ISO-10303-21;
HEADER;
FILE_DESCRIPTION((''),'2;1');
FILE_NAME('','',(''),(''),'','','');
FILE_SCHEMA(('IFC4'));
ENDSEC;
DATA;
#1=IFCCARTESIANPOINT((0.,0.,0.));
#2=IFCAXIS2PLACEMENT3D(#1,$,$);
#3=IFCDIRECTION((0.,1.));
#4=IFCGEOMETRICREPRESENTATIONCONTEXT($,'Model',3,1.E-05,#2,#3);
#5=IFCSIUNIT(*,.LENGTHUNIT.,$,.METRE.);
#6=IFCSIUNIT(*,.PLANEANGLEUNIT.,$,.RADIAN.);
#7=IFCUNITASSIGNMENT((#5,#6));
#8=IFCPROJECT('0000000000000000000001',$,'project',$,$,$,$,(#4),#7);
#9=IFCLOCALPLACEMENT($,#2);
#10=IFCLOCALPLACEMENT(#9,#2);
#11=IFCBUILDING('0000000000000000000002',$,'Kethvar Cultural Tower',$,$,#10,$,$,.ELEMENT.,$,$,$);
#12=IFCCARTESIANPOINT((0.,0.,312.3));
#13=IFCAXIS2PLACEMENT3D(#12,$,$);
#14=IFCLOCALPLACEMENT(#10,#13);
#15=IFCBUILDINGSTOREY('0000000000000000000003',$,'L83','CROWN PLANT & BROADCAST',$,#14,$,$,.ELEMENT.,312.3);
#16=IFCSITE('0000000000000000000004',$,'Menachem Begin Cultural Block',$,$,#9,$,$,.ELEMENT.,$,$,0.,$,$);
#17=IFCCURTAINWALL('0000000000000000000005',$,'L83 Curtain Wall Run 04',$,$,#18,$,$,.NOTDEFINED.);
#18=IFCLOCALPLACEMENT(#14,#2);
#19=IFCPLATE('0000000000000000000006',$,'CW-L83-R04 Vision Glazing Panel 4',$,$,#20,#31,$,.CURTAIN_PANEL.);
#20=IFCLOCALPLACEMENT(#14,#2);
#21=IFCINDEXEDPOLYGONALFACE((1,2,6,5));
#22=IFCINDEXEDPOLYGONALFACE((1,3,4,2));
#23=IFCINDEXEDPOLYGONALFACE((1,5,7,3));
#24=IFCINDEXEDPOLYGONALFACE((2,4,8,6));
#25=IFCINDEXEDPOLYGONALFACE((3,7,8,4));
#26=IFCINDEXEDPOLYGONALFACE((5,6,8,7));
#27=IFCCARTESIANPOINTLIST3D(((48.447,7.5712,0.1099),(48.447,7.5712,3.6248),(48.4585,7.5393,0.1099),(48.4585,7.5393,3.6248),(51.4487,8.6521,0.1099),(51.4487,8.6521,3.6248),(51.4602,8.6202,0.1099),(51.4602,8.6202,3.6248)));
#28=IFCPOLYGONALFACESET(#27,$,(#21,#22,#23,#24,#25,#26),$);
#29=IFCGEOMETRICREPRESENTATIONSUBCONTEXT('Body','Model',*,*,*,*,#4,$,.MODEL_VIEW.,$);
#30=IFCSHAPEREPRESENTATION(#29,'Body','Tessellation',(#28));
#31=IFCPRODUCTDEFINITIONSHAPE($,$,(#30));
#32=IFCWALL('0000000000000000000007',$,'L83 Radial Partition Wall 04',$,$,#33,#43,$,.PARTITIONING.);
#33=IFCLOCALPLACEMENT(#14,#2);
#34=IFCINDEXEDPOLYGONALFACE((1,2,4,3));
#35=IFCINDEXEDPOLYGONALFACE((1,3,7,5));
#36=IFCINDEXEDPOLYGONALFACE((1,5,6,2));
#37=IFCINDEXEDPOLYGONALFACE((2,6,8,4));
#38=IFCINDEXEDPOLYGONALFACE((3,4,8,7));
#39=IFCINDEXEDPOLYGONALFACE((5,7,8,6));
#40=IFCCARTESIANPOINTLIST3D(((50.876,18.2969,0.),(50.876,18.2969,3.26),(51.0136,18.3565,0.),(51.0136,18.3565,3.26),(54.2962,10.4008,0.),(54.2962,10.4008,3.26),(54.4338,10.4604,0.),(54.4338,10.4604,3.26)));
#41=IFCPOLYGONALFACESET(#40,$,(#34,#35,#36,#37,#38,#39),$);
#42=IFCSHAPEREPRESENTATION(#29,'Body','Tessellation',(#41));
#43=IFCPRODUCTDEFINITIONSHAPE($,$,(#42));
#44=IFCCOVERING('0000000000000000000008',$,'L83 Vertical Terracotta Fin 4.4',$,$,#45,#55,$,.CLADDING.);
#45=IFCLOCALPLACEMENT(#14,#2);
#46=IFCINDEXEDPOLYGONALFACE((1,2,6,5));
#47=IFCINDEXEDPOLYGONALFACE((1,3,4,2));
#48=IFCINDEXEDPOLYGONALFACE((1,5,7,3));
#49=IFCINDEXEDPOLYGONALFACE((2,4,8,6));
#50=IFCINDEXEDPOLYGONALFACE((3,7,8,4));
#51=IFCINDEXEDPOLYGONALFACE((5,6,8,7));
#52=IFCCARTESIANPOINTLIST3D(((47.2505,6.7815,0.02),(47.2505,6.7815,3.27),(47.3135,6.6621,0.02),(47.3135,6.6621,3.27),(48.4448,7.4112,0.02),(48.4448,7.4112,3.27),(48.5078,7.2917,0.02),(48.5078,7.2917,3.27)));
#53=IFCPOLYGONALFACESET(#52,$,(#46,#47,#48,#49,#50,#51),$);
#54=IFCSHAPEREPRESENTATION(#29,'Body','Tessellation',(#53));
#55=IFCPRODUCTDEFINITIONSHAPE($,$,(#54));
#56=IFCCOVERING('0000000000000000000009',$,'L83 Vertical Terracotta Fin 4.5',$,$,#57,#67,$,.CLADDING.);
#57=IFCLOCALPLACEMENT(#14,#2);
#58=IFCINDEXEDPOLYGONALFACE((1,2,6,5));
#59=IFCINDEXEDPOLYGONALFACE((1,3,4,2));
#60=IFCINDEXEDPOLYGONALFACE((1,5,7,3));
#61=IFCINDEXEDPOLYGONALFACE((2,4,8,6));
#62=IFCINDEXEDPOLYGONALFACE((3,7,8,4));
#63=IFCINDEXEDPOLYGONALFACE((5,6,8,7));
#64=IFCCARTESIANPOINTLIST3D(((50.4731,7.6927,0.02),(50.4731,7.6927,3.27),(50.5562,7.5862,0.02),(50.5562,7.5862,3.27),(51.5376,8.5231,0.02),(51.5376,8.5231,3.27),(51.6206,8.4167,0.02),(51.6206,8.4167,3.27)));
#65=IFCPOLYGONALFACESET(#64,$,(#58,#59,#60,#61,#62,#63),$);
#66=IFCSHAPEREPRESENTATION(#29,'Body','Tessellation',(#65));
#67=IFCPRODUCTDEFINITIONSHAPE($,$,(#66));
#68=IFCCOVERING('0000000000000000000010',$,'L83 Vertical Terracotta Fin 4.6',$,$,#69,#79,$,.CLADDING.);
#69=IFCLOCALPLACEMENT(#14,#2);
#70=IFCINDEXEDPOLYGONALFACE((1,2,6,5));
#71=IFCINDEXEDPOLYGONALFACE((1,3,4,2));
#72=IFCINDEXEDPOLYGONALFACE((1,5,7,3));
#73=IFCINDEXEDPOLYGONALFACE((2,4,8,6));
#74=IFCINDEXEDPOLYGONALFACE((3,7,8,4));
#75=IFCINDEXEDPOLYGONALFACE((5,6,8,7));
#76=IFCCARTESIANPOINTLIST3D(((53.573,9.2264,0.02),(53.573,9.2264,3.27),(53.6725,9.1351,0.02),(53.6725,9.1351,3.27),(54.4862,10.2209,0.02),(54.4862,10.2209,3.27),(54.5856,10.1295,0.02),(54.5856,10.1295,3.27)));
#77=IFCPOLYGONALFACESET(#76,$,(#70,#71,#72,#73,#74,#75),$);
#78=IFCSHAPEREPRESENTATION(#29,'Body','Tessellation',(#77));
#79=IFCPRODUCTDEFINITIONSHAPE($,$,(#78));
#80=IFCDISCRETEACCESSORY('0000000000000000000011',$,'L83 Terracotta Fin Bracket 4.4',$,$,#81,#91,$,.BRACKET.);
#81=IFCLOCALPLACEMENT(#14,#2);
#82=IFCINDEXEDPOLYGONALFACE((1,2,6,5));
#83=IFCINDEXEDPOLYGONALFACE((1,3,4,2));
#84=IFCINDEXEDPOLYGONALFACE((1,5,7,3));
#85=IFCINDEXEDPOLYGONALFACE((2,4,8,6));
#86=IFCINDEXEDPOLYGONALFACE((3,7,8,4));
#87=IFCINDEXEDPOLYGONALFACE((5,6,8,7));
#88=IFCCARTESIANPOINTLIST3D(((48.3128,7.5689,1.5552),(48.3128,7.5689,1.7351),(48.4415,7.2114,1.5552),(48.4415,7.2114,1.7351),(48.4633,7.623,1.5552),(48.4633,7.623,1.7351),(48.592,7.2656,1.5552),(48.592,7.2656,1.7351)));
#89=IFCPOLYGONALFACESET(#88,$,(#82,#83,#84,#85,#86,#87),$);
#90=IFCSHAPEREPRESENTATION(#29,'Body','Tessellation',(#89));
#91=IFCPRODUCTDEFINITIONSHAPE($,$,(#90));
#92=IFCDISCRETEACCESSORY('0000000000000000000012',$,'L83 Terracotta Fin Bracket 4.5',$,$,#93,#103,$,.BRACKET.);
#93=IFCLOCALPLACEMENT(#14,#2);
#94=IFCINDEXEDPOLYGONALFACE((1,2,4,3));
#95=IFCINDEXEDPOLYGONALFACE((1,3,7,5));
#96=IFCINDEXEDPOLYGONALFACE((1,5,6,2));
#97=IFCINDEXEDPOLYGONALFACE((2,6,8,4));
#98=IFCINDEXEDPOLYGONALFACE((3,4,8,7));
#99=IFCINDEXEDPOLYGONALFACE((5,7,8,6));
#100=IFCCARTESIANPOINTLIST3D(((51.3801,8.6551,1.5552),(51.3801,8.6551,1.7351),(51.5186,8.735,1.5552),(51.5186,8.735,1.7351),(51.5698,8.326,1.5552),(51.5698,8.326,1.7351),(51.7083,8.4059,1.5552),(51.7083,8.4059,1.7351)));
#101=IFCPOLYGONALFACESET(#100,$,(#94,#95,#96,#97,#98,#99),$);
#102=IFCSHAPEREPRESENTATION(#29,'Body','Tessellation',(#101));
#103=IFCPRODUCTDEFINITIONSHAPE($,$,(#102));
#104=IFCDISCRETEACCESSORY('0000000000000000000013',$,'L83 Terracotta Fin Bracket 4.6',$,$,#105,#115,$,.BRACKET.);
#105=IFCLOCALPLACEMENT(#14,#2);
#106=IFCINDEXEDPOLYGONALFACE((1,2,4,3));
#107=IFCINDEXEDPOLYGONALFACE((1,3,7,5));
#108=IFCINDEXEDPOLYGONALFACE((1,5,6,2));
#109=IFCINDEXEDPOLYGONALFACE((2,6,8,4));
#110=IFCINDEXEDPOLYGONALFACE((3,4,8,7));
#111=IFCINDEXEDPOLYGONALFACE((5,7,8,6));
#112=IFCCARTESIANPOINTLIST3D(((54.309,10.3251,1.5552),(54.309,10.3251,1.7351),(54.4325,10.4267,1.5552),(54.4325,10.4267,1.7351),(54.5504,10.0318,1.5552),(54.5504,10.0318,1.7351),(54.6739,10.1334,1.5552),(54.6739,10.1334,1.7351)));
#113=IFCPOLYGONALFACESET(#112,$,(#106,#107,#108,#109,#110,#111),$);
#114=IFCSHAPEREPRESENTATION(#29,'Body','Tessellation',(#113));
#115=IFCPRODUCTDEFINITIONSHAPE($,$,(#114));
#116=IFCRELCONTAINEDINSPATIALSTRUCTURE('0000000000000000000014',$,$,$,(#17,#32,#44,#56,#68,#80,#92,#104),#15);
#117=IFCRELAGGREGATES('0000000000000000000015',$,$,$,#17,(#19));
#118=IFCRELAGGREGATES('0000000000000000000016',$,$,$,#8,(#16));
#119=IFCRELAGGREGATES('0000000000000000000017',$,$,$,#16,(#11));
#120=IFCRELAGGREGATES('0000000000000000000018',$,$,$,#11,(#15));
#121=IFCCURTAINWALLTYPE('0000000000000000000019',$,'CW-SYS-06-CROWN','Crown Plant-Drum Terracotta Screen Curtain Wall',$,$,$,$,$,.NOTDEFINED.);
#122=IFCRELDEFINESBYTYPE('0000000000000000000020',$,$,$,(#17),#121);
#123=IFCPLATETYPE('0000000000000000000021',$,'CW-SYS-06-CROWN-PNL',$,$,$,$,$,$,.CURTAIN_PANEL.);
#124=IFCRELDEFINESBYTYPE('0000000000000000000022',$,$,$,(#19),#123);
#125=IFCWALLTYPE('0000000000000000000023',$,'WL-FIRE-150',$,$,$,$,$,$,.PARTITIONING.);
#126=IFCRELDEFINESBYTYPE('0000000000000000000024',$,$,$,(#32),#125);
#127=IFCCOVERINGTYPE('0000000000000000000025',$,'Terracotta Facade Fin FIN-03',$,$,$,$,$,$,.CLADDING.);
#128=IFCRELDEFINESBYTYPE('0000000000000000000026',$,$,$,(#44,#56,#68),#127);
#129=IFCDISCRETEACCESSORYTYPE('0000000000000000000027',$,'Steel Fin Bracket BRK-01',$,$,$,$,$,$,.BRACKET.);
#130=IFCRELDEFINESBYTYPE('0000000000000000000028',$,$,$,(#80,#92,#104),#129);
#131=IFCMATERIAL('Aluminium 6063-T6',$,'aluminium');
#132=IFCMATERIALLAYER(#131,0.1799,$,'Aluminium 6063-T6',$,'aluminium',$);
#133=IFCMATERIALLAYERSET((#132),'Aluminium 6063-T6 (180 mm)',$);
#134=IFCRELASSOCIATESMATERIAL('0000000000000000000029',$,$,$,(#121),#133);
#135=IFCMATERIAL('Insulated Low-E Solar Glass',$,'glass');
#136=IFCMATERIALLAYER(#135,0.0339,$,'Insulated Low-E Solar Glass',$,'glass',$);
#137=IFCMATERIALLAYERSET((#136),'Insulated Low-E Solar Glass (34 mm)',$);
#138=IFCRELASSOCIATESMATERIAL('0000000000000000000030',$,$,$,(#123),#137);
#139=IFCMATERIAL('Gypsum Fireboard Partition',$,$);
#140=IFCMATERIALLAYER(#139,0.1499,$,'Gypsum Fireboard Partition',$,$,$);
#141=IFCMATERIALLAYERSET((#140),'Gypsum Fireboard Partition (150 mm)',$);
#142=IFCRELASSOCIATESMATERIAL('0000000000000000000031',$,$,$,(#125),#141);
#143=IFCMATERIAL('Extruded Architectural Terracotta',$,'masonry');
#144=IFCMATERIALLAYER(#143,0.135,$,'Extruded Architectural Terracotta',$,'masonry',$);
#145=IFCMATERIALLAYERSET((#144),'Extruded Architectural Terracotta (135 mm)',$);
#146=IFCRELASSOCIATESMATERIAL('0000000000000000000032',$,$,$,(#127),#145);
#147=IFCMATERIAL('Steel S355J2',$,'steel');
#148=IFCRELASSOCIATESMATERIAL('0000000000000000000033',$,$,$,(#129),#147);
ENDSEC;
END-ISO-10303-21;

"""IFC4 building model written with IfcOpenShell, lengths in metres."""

from ifc_helpers import new_model, si_unit, direction, frame, frame_2d, origin, origin_2d, place, context, subcontext, project, spatial, rectangle, extrude, source, transform, mapped, material, layer, layer_set, type_object, element, aggregate, save


model = new_model("IFC4")

# Units and contexts
model_context = context("Model", 3, precision=1e-05, world=origin(), true_north=direction((0.0, 1.0)))
body_context = subcontext(model_context, "Body", "Model", "MODEL_VIEW")
ifc_project = project(units=[si_unit("LENGTHUNIT", "METRE"), si_unit("PLANEANGLEUNIT", "RADIAN")], contexts=[model_context])

# Site, building, storey
site_placement = place(None, origin())
site = spatial("IfcSite", under=ifc_project, at=site_placement, Name="Menachem Begin Cultural Block", CompositionType="ELEMENT", RefElevation=0.0)
building_placement = place(site_placement, origin())
building = spatial("IfcBuilding", under=site, at=building_placement, Name="Kethvar Cultural Tower", CompositionType="ELEMENT")
storey_placement = place(building_placement, frame((0.0, 0.0, 312.3)))
storey = spatial("IfcBuildingStorey", under=building, at=storey_placement, Name="L83", Description="CROWN PLANT & BROADCAST", CompositionType="ELEMENT", Elevation=312.3)

# Shared definitions
ifc_material_1 = material(Name="Steel S355J2", Category="steel")

# Curtain wall, plate
ifc_material_2 = material(Name="Aluminium 6063-T6", Category="aluminium")
ifc_layer_1 = layer(ifc_material_2, 0.1799, Name="Aluminium 6063-T6", Category="aluminium")
ifc_layer_set_1 = layer_set([ifc_layer_1], Name="Aluminium 6063-T6 (180 mm)")
curtain_wall_type = type_object("IfcCurtainWallType", Name="CW-SYS-06-CROWN", Description="Crown Plant-Drum Terracotta Screen Curtain Wall", PredefinedType="NOTDEFINED", material=ifc_layer_set_1)
curtain_wall_placement = place(storey_placement, origin())
curtain_wall = element("IfcCurtainWall", 1, at=curtain_wall_placement, inside=storey, type_object=curtain_wall_type, Name="L83 Curtain Wall Run 04", PredefinedType="NOTDEFINED")
ifc_material_3 = material(Name="Insulated Low-E Solar Glass", Category="glass")
ifc_layer_2 = layer(ifc_material_3, 0.0339, Name="Insulated Low-E Solar Glass", Category="glass")
ifc_layer_set_2 = layer_set([ifc_layer_2], Name="Insulated Low-E Solar Glass (34 mm)")
plate_type = type_object("IfcPlateType", Name="CW-SYS-06-CROWN-PNL", PredefinedType="CURTAIN_PANEL", material=ifc_layer_set_2)
shared_shape_1 = source(origin(), body_context, "Body", "SweptSolid", [
    extrude(rectangle(XDim=3.1904, YDim=0.0339, at=origin_2d()), origin(), (0.0, 0.0, 1.0), 3.5149),
])
plate_1_placement = place(storey_placement, frame((49.9536, 8.0957, 0.1099), z_axis=(0.0, 0.0, 1.0), x_axis=(0.940863, 0.338787, 0.0)))
plate_1 = element("IfcPlate", 2, at=plate_1_placement, type_object=plate_type, Name="CW-L83-R04 Vision Glazing Panel 4", PredefinedType="CURTAIN_PANEL", context=body_context, shape_type="MappedRepresentation", body=[
    mapped(shared_shape_1, transform((0.0, 0.0, 0.0), scale=1.0)),
])
aggregate(curtain_wall, [plate_1])

# Wall
ifc_material_4 = material(Name="Gypsum Fireboard Partition")
ifc_layer_3 = layer(ifc_material_4, 0.1499, Name="Gypsum Fireboard Partition")
ifc_layer_set_3 = layer_set([ifc_layer_3], Name="Gypsum Fireboard Partition (150 mm)")
wall_type = type_object("IfcWallType", Name="WL-FIRE-150", PredefinedType="PARTITIONING", material=ifc_layer_set_3)
wall_placement = place(storey_placement, frame((50.9448, 18.3267, 0.0), z_axis=(0.0, 0.0, 1.0), x_axis=(0.397467, -0.917616, 0.0)))
element("IfcWall", 3, at=wall_placement, inside=storey, type_object=wall_type, Name="L83 Radial Partition Wall 04", PredefinedType="PARTITIONING", context=body_context, shape_type="SweptSolid", body=[
    extrude(rectangle(XDim=8.605, YDim=0.1499, at=frame_2d((4.3025, 0.0))), origin(), (0.0, 0.0, 1.0), 3.26),
])

# Coverings
ifc_material_5 = material(Name="Extruded Architectural Terracotta", Category="masonry")
ifc_layer_4 = layer(ifc_material_5, 0.135, Name="Extruded Architectural Terracotta", Category="masonry")
ifc_layer_set_4 = layer_set([ifc_layer_4], Name="Extruded Architectural Terracotta (135 mm)")
covering_type = type_object("IfcCoveringType", Name="Terracotta Facade Fin FIN-03", PredefinedType="CLADDING", material=ifc_layer_set_4)
shared_shape_2 = source(origin(), body_context, "Body", "SweptSolid", [
    extrude(rectangle(XDim=1.3501, YDim=0.135, at=origin_2d()), origin(), (0.0, 0.0, 1.0), 3.25),
])
for number, where, z_axis, x_axis, name in (
    (4, (47.8792, 7.0366, 0.02), (0.0, 0.0, 1.0), (-0.884581, -0.466387, 0.0), "L83 Vertical Terracotta Fin 4.4"),
    (5, (51.0469, 8.0547, 0.02), (0.0, 0.0, 1.0), (-0.78844, -0.615111, 0.0), "L83 Vertical Terracotta Fin 4.5"),
    (6, (54.0793, 9.678, 0.02), (0.0, 0.0, 1.0), (-0.676362, -0.736569, 0.0), "L83 Vertical Terracotta Fin 4.6"),
):
    element("IfcCovering", number, at=place(storey_placement, frame(where, z_axis=z_axis, x_axis=x_axis)), inside=storey, type_object=covering_type, Name=name, PredefinedType="CLADDING", context=body_context, shape_type="MappedRepresentation", body=[
        mapped(shared_shape_2, transform((0.0, 0.0, 0.0), scale=1.0)),
    ])

# Discrete accessories
discrete_accessory_type = type_object("IfcDiscreteAccessoryType", Name="Steel Fin Bracket BRK-01", PredefinedType="BRACKET", material=ifc_material_1)
shared_shape_3 = source(origin(), body_context, "Body", "SweptSolid", [
    extrude(rectangle(XDim=0.3799, YDim=0.1599, at=origin_2d()), origin(), (0.0, 0.0, 1.0), 0.1799),
])
for number, where, z_axis, x_axis, name in (
    (7, (48.4524, 7.4172, 1.5552), (0.0, 0.0, 1.0), (0.338738, -0.940881, 0.0), "L83 Terracotta Fin Bracket 4.4"),
    (8, (51.5442, 8.5305, 1.5552), (0.0, 0.0, 1.0), (0.499395, -0.866374, 0.0), "L83 Terracotta Fin Bracket 4.5"),
    (9, (54.4915, 10.2292, 1.5552), (0.0, 0.0, 1.0), (0.63527, -0.77229, 0.0), "L83 Terracotta Fin Bracket 4.6"),
):
    element("IfcDiscreteAccessory", number, at=place(storey_placement, frame(where, z_axis=z_axis, x_axis=x_axis)), inside=storey, type_object=discrete_accessory_type, Name=name, PredefinedType="BRACKET", context=body_context, shape_type="MappedRepresentation", body=[
        mapped(shared_shape_3, transform((0.0, 0.0, 0.0), scale=1.0)),
    ])

save(model, "model.ifc")
